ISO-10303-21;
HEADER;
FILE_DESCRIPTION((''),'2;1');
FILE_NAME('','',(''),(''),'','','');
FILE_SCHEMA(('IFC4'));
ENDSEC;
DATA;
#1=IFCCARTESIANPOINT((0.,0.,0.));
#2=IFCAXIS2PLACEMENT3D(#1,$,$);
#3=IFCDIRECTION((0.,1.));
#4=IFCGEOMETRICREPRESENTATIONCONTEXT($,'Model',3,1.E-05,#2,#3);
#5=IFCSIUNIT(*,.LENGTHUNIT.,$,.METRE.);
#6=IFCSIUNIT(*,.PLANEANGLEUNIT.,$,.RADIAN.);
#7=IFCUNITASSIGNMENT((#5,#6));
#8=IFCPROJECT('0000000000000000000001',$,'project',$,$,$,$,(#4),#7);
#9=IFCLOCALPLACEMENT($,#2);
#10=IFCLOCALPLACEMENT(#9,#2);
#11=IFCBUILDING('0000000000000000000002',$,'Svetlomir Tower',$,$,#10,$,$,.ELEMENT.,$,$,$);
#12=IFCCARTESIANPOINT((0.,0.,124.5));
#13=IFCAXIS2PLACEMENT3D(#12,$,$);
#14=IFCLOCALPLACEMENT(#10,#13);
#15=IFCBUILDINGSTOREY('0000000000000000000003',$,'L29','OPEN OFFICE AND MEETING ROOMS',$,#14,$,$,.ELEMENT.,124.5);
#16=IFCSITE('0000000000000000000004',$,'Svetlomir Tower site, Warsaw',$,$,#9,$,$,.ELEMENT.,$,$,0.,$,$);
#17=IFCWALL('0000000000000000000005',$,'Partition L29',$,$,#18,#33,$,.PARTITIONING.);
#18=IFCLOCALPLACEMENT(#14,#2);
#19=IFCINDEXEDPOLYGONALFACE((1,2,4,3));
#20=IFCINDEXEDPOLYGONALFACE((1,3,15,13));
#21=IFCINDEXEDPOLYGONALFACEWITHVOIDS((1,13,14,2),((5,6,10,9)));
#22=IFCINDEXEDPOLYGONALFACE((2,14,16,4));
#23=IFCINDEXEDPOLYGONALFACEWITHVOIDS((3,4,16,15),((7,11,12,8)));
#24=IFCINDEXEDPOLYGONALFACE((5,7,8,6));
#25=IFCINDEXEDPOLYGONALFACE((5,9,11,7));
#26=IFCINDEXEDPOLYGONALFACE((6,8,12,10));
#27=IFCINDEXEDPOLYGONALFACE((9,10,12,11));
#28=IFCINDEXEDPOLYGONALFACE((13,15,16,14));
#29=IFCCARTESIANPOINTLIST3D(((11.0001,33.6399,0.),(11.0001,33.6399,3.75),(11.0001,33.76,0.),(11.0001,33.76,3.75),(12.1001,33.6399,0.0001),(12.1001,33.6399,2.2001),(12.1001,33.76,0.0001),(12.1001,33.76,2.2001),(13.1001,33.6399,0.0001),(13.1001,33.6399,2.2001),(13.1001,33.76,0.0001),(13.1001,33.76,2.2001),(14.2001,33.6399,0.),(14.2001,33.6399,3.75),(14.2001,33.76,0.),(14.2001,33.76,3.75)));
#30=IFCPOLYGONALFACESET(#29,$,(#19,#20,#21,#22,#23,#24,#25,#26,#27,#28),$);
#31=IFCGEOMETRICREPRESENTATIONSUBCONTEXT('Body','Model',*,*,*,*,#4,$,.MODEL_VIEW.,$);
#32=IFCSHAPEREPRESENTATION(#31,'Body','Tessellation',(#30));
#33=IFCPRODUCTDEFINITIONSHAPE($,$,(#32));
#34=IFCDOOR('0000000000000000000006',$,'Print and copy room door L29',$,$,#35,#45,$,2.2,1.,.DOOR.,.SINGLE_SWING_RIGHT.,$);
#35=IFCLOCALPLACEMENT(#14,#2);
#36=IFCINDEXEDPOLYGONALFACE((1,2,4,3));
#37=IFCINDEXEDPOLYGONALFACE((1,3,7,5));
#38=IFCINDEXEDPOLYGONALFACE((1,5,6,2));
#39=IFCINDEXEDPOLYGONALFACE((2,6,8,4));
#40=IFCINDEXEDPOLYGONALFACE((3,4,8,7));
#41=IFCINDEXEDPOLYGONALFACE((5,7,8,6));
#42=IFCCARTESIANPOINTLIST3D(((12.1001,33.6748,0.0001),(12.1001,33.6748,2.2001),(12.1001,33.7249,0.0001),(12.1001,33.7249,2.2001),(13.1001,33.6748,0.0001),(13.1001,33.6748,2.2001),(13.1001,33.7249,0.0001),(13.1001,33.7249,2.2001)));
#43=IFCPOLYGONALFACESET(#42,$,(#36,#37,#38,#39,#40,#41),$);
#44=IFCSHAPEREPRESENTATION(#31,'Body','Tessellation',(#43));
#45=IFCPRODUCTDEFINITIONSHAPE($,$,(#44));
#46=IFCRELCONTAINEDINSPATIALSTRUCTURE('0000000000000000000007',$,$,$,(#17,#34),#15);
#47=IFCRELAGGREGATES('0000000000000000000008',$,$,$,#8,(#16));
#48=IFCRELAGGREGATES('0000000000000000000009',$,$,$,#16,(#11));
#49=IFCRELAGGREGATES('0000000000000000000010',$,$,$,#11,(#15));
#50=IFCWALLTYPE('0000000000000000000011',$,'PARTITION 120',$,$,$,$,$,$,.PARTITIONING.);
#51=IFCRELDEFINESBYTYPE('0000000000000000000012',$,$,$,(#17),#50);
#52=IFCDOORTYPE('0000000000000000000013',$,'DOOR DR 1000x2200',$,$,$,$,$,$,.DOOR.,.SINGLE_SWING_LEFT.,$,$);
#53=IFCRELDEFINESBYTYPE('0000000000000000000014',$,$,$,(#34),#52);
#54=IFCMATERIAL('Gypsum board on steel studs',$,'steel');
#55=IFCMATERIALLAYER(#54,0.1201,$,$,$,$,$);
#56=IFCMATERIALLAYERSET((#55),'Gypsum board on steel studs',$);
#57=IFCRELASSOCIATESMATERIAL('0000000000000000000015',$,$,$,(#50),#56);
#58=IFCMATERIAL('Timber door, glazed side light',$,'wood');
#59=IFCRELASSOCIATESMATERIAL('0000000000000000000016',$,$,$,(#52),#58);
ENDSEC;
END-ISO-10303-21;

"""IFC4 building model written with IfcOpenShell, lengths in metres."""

from ifc_helpers import new_model, si_unit, direction, frame, frame_2d, origin, place, context, subcontext, project, spatial, rectangle, extrude, material, layer, layer_set, type_object, element, fill, save


model = new_model("IFC4")

# Units and contexts
model_context = context("Model", 3, precision=1e-05, world=origin(), true_north=direction((0.0, 1.0)))
body_context = subcontext(model_context, "Body", "Model", "MODEL_VIEW")
ifc_project = project(units=[si_unit("LENGTHUNIT", "METRE"), si_unit("PLANEANGLEUNIT", "RADIAN")], contexts=[model_context])

# Site, building, storey
site_placement = place(None, origin())
site = spatial("IfcSite", under=ifc_project, at=site_placement, Name="Svetlomir Tower site, Warsaw", CompositionType="ELEMENT", RefElevation=0.0)
building_placement = place(site_placement, origin())
building = spatial("IfcBuilding", under=site, at=building_placement, Name="Svetlomir Tower", CompositionType="ELEMENT")
storey_placement = place(building_placement, frame((0.0, 0.0, 124.5)))
storey = spatial("IfcBuildingStorey", under=building, at=storey_placement, Name="L29", Description="OPEN OFFICE AND MEETING ROOMS", CompositionType="ELEMENT", Elevation=124.5)

# Wall, opening, door
ifc_material_1 = material(Name="Gypsum board on steel studs", Category="steel")
ifc_layer_1 = layer(ifc_material_1, 0.1201)
ifc_layer_set_1 = layer_set([ifc_layer_1], Name="Gypsum board on steel studs")
wall_type = type_object("IfcWallType", Name="PARTITION 120", PredefinedType="PARTITIONING", material=ifc_layer_set_1)
wall_placement = place(storey_placement, frame((11.0, 33.7, 0.0), z_axis=(0.0, 0.0, 1.0), x_axis=(1.0, 0.0, 0.0)))
wall = element("IfcWall", 1, at=wall_placement, inside=storey, type_object=wall_type, Name="Partition L29", PredefinedType="PARTITIONING", context=body_context, shape_type="SweptSolid", body=[
    extrude(rectangle(XDim=3.2, YDim=0.1201, at=frame_2d((1.6001, 0.0))), origin(), (0.0, 0.0, 1.0), 3.75),
])
opening_placement = place(wall_placement, frame((1.1001, 0.0, 0.0)))
opening = element("IfcOpeningElement", 2, at=opening_placement, cuts=wall, PredefinedType="OPENING", context=body_context, shape_type="SweptSolid", body=[
    extrude(rectangle(XDim=1.0, YDim=2.2, at=frame_2d((0.5, 1.1001))), frame((0.0, 0.0701, 0.0), z_axis=(0.0, -1.0, 0.0), x_axis=(1.0, 0.0, 0.0)), (0.0, 0.0, 1.0), 0.1401),
])
ifc_material_2 = material(Name="Timber door, glazed side light", Category="wood")
door_type = type_object("IfcDoorType", Name="DOOR DR 1000x2200", OperationType="SINGLE_SWING_LEFT", PredefinedType="DOOR", material=ifc_material_2)
door_placement = place(opening_placement, origin())
door = element("IfcDoor", 3, at=door_placement, inside=storey, type_object=door_type, Name="Print and copy room door L29", OperationType="SINGLE_SWING_RIGHT", OverallHeight=2.2, OverallWidth=1.0, PredefinedType="DOOR", context=body_context, shape_type="SweptSolid", body=[
    extrude(rectangle(XDim=1.0, YDim=2.2, at=frame_2d((0.5, 1.1001))), frame((0.0, 0.0249, 0.0), z_axis=(0.0, -1.0, 0.0), x_axis=(1.0, 0.0, 0.0)), (0.0, 0.0, 1.0), 0.05),
])
fill(opening, door)

save(model, "model.ifc")
